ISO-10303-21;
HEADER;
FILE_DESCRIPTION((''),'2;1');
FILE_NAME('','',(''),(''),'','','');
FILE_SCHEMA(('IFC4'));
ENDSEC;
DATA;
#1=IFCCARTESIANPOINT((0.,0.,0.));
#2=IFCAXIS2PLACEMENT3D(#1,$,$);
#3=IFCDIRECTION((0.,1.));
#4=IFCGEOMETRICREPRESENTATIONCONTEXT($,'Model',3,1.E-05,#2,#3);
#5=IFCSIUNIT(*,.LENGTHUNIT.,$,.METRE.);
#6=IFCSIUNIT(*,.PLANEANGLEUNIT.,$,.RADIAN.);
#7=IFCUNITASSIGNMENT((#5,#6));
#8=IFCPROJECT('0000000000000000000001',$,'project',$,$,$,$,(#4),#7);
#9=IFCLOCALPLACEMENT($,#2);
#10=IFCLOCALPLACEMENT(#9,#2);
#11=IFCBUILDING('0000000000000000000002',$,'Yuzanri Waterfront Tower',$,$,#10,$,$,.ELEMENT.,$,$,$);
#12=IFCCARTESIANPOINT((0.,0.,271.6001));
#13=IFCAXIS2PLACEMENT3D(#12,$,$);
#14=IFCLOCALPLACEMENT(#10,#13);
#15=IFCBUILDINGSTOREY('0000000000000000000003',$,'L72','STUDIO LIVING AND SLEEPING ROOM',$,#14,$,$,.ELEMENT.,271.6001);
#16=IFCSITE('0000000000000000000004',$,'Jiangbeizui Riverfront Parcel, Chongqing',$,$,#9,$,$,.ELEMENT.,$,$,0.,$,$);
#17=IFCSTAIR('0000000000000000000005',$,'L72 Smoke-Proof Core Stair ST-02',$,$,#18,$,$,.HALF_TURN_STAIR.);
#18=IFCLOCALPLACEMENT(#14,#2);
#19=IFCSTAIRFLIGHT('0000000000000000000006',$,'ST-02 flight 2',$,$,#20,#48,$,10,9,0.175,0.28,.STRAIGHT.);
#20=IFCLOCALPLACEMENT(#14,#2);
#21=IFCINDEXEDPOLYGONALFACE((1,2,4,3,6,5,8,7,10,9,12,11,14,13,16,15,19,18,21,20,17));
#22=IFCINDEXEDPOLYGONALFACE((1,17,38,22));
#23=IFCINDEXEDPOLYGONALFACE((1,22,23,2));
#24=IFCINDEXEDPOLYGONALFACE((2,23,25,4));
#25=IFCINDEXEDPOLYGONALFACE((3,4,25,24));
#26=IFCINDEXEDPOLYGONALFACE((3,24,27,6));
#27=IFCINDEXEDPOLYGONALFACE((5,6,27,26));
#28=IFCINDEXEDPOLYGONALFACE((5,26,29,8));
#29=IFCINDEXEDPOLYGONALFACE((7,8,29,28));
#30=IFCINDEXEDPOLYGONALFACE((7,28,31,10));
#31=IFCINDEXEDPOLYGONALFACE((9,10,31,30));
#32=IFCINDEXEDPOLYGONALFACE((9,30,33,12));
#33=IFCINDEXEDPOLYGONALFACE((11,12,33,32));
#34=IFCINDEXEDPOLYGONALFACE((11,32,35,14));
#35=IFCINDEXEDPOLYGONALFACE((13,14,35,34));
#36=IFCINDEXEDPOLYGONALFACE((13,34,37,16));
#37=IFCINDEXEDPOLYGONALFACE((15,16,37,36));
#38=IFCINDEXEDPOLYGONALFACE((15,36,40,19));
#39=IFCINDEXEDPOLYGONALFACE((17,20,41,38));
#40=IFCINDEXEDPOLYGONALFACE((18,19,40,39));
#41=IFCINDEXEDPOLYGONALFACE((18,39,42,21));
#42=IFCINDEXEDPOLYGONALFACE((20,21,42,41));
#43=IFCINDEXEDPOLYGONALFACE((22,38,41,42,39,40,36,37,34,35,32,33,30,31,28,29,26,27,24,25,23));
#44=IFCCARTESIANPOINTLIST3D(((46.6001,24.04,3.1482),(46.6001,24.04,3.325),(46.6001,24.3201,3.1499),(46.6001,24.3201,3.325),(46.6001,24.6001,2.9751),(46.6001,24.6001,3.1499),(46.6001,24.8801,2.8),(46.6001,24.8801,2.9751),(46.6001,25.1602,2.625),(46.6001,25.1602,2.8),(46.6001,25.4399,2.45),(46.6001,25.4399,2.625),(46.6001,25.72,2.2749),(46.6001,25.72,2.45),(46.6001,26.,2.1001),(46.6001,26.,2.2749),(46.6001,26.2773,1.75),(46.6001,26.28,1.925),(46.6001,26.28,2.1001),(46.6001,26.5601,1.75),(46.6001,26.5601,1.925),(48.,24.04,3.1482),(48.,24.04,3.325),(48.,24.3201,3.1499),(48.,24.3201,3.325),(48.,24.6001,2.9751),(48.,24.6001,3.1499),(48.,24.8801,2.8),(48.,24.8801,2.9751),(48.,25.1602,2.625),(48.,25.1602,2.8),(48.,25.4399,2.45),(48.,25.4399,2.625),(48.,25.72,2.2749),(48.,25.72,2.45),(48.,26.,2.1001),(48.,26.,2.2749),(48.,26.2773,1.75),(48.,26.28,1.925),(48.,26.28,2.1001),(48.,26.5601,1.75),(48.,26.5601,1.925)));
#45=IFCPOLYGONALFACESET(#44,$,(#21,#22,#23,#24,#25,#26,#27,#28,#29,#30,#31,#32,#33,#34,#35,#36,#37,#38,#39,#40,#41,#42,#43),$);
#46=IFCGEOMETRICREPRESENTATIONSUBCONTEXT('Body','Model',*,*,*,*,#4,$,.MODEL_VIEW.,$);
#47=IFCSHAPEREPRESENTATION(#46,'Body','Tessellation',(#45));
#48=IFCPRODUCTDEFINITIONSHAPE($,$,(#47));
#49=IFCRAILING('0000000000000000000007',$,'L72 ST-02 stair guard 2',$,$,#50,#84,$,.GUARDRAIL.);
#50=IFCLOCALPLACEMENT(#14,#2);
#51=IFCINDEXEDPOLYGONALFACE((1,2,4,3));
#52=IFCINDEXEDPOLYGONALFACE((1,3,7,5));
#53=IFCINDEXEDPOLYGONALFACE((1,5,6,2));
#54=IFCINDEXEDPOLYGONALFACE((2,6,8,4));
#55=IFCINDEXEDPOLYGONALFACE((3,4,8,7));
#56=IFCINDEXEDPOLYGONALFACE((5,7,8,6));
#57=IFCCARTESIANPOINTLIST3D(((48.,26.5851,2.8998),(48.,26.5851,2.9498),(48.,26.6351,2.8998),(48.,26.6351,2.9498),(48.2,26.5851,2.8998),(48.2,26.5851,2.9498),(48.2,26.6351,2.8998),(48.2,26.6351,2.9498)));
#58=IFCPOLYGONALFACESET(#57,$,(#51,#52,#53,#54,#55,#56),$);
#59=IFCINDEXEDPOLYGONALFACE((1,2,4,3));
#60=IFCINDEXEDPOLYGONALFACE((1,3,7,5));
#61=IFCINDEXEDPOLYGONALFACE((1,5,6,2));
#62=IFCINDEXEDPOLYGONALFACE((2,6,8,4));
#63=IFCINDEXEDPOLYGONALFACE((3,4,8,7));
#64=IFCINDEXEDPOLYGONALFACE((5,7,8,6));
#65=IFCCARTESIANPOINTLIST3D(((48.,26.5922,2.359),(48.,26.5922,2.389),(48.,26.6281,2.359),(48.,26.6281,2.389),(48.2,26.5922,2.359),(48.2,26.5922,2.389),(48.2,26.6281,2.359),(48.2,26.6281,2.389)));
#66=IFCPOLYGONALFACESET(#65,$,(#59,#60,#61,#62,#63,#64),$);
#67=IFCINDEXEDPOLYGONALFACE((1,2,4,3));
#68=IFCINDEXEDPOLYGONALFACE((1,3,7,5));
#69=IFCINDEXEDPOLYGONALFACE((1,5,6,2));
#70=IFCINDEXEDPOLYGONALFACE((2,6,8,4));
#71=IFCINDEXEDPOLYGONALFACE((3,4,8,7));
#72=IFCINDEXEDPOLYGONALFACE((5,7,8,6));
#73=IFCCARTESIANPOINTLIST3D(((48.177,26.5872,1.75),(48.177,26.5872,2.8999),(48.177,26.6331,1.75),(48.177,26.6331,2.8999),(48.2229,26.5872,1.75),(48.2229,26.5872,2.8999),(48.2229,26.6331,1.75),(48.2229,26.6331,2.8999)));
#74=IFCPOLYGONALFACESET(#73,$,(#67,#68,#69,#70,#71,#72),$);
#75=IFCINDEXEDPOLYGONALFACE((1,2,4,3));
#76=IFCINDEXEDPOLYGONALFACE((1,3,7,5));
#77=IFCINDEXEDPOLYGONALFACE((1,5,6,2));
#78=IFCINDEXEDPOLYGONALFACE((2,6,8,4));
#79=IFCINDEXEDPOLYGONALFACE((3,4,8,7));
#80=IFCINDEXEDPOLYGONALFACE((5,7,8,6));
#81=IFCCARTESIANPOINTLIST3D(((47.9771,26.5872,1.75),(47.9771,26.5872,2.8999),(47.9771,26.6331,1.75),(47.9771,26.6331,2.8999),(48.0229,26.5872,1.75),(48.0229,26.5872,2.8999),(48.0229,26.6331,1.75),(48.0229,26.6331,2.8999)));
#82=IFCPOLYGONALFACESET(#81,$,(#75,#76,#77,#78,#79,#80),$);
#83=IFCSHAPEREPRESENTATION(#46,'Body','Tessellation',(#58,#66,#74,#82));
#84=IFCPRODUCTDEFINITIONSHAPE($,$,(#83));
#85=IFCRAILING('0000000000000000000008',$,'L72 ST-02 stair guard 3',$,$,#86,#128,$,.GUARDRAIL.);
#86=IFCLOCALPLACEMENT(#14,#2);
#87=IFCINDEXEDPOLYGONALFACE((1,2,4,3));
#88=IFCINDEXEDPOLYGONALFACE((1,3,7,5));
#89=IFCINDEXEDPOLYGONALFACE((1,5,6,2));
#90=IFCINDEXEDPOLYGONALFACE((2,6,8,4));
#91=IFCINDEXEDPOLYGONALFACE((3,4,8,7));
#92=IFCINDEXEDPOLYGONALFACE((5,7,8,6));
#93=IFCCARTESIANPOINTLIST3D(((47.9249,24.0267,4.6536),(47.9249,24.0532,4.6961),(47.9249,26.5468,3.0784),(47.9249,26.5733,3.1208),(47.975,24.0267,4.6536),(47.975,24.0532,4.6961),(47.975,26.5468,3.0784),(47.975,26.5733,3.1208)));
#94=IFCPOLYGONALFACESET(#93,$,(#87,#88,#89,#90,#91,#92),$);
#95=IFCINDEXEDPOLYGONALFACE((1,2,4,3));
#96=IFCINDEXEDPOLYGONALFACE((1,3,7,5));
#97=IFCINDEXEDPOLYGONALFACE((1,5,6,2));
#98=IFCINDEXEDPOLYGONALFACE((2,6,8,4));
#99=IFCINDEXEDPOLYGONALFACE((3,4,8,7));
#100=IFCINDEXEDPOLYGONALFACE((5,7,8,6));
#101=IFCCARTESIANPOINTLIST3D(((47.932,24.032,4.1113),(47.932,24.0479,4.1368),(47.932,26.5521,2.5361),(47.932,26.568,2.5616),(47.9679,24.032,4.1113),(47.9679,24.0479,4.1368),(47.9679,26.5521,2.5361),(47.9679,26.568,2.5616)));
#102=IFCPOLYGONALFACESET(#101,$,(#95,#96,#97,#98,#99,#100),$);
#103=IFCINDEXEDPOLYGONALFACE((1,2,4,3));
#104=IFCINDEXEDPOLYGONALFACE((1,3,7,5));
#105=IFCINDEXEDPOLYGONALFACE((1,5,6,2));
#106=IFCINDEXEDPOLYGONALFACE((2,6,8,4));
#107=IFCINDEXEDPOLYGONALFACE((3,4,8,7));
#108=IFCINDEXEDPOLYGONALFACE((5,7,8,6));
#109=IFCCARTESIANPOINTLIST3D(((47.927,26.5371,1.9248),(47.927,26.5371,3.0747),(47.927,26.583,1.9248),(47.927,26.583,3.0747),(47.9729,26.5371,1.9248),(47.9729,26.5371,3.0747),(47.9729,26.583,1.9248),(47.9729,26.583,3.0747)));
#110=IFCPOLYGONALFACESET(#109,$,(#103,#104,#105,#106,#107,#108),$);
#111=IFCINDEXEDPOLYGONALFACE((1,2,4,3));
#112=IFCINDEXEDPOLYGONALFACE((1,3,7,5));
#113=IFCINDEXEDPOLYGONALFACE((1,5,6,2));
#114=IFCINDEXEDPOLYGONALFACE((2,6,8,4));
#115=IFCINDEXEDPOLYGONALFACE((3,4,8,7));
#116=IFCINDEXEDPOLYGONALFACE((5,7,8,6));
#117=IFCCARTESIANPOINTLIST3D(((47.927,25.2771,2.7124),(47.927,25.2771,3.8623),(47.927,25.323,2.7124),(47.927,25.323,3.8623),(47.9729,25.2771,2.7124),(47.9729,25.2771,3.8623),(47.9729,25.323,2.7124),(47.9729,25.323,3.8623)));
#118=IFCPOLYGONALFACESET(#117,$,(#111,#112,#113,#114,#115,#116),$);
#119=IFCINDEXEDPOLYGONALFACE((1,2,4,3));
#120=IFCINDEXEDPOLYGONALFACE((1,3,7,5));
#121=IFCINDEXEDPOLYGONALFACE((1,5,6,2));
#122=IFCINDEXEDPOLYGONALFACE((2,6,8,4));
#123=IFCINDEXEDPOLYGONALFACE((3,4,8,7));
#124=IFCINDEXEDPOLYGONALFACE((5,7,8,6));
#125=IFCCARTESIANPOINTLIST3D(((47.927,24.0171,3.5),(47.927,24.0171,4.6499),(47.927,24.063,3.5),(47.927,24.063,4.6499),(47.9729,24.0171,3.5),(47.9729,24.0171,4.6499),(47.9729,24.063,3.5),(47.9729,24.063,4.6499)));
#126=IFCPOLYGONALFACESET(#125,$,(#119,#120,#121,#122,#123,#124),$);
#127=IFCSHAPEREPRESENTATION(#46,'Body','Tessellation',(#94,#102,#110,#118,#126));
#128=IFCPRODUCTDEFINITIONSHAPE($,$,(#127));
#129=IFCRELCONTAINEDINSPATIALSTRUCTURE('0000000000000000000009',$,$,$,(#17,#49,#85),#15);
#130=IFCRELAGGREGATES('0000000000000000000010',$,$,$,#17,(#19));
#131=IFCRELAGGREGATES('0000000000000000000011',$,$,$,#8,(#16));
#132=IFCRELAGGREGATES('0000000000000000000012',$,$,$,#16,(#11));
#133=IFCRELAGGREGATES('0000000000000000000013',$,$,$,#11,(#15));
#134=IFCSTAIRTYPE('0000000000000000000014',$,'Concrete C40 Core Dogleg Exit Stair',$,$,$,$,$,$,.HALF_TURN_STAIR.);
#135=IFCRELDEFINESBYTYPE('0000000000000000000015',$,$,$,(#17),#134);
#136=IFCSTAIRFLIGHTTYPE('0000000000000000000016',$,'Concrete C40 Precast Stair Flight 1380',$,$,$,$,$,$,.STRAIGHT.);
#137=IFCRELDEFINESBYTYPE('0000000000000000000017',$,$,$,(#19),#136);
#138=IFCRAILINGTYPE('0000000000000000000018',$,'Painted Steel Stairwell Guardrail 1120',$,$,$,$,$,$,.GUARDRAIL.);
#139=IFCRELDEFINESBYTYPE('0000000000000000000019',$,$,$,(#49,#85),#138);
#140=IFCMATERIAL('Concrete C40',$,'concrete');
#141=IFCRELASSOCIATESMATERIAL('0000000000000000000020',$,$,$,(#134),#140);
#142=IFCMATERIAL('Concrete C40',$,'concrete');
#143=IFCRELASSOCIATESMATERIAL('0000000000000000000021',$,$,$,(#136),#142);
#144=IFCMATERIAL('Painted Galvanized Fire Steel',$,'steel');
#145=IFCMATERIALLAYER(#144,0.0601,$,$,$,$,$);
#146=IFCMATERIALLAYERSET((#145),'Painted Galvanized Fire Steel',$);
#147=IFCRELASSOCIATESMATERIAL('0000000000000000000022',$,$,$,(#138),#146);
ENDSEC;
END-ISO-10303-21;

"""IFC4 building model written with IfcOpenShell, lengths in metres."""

from ifc_helpers import new_model, si_unit, direction, frame, origin, origin_2d, place, context, subcontext, project, spatial, polyline, rectangle, outline, extrude, source, transform, mapped, material, layer, layer_set, type_object, element, aggregate, save


model = new_model("IFC4")

# Units and contexts
model_context = context("Model", 3, precision=1e-05, world=origin(), true_north=direction((0.0, 1.0)))
body_context = subcontext(model_context, "Body", "Model", "MODEL_VIEW")
ifc_project = project(units=[si_unit("LENGTHUNIT", "METRE"), si_unit("PLANEANGLEUNIT", "RADIAN")], contexts=[model_context])

# Site, building, storey
site_placement = place(None, origin())
site = spatial("IfcSite", under=ifc_project, at=site_placement, Name="Jiangbeizui Riverfront Parcel, Chongqing", CompositionType="ELEMENT", RefElevation=0.0)
building_placement = place(site_placement, origin())
building = spatial("IfcBuilding", under=site, at=building_placement, Name="Yuzanri Waterfront Tower", CompositionType="ELEMENT")
storey_placement = place(building_placement, frame((0.0, 0.0, 271.6001)))
storey = spatial("IfcBuildingStorey", under=building, at=storey_placement, Name="L72", Description="STUDIO LIVING AND SLEEPING ROOM", CompositionType="ELEMENT", Elevation=271.6001)

# Stair, stair flight
ifc_material_1 = material(Name="Concrete C40", Category="concrete")
stair_type = type_object("IfcStairType", Name="Concrete C40 Core Dogleg Exit Stair", PredefinedType="HALF_TURN_STAIR", material=ifc_material_1)
stair_placement = place(storey_placement, origin())
stair = element("IfcStair", 1, at=stair_placement, inside=storey, type_object=stair_type, Name="L72 Smoke-Proof Core Stair ST-02", PredefinedType="HALF_TURN_STAIR")
ifc_material_2 = material(Name="Concrete C40", Category="concrete")
stair_flight_type = type_object("IfcStairFlightType", Name="Concrete C40 Precast Stair Flight 1380", PredefinedType="STRAIGHT", material=ifc_material_2)
shared_shape_1 = source(origin(), body_context, "Body", "SweptSolid", [
    extrude(outline(polyline([(0.0, 0.0), (0.0, 0.175), (0.28, 0.175), (0.28, 0.3501), (0.5601, 0.3501), (0.5601, 0.5249), (0.8401, 0.5249), (0.8401, 0.7), (1.1201, 0.7), (1.1201, 0.875), (1.3999, 0.875), (1.3999, 1.05), (1.6799, 1.05), (1.6799, 1.2251), (1.96, 1.2251), (1.96, 1.3999), (2.24, 1.3999), (2.24, 1.575), (2.52, 1.575), (2.52, 1.75), (2.52, 1.3982), (0.2827, 0.0), (0.0, 0.0)])), frame((0.0, 0.7, 0.0), z_axis=(0.0, -1.0, 0.0), x_axis=(1.0, 0.0, 0.0)), (0.0, 0.0, 1.0), 1.3999),
])
stair_flight_placement = place(storey_placement, frame((47.3, 26.5601, 1.75), z_axis=(0.0, 0.0, 1.0), x_axis=(0.0, -1.0, 0.0)))
stair_flight = element("IfcStairFlight", 2, at=stair_flight_placement, type_object=stair_flight_type, Name="ST-02 flight 2", NumberOfRisers=10, NumberOfTreads=9, PredefinedType="STRAIGHT", RiserHeight=0.175, TreadLength=0.28, context=body_context, shape_type="MappedRepresentation", body=[
    mapped(shared_shape_1, transform((0.0, 0.0, 0.0), scale=1.0)),
])
aggregate(stair, [stair_flight])

# Railings
ifc_material_3 = material(Name="Painted Galvanized Fire Steel", Category="steel")
ifc_layer_1 = layer(ifc_material_3, 0.0601)
ifc_layer_set_1 = layer_set([ifc_layer_1], Name="Painted Galvanized Fire Steel")
railing_type = type_object("IfcRailingType", Name="Painted Steel Stairwell Guardrail 1120", PredefinedType="GUARDRAIL", material=ifc_layer_set_1)
shared_shape_2 = source(origin(), body_context, "Body", "SweptSolid", [
    extrude(rectangle(XDim=0.05, YDim=0.05, at=origin_2d()), frame((0.0, 0.0, 1.1748), z_axis=(-1.0, 0.0, 0.0), x_axis=(0.0, -1.0, 0.0)), (0.0, 0.0, 1.0), 0.2),
    extrude(rectangle(XDim=0.0359, YDim=0.03, at=origin_2d()), frame((0.0, 0.0, 0.624), z_axis=(-1.0, 0.0, 0.0), x_axis=(0.0, -1.0, 0.0)), (0.0, 0.0, 1.0), 0.2),
    extrude(rectangle(XDim=0.0459, YDim=0.0459, at=origin_2d()), origin(), (0.0, 0.0, 1.0), 1.1499),
    extrude(rectangle(XDim=0.0459, YDim=0.0459, at=origin_2d()), frame((-0.2, 0.0, 0.0)), (0.0, 0.0, 1.0), 1.1499),
])
railing_1_placement = place(storey_placement, frame((48.2, 26.6101, 1.75)))
element("IfcRailing", 3, at=railing_1_placement, inside=storey, type_object=railing_type, Name="L72 ST-02 stair guard 2", PredefinedType="GUARDRAIL", context=body_context, shape_type="MappedRepresentation", body=[
    mapped(shared_shape_2, transform((0.0, 0.0, 0.0), scale=1.0)),
])
shared_shape_3 = source(origin(), body_context, "Body", "SweptSolid", [
    extrude(rectangle(XDim=0.05, YDim=0.05, at=origin_2d()), frame((0.0, 0.0, 1.1748), z_axis=(0.0, -0.847971, 0.530043), x_axis=(1.0, 0.0, 0.0)), (0.0, 0.0, 1.0), 2.9719),
    extrude(rectangle(XDim=0.0359, YDim=0.03, at=origin_2d()), frame((0.0, 0.0, 0.624), z_axis=(0.0, -0.847971, 0.530043), x_axis=(1.0, 0.0, 0.0)), (0.0, 0.0, 1.0), 2.9719),
    extrude(rectangle(XDim=0.0459, YDim=0.0459, at=origin_2d()), origin(), (0.0, 0.0, 1.0), 1.1499),
    extrude(rectangle(XDim=0.0459, YDim=0.0459, at=origin_2d()), frame((0.0, -1.26, 0.7876)), (0.0, 0.0, 1.0), 1.1499),
    extrude(rectangle(XDim=0.0459, YDim=0.0459, at=origin_2d()), frame((0.0, -2.52, 1.5752)), (0.0, 0.0, 1.0), 1.1499),
])
railing_2_placement = place(storey_placement, frame((47.95, 26.5601, 1.9248)))
element("IfcRailing", 4, at=railing_2_placement, inside=storey, type_object=railing_type, Name="L72 ST-02 stair guard 3", PredefinedType="GUARDRAIL", context=body_context, shape_type="MappedRepresentation", body=[
    mapped(shared_shape_3, transform((0.0, 0.0, 0.0), scale=1.0)),
])

save(model, "model.ifc")
